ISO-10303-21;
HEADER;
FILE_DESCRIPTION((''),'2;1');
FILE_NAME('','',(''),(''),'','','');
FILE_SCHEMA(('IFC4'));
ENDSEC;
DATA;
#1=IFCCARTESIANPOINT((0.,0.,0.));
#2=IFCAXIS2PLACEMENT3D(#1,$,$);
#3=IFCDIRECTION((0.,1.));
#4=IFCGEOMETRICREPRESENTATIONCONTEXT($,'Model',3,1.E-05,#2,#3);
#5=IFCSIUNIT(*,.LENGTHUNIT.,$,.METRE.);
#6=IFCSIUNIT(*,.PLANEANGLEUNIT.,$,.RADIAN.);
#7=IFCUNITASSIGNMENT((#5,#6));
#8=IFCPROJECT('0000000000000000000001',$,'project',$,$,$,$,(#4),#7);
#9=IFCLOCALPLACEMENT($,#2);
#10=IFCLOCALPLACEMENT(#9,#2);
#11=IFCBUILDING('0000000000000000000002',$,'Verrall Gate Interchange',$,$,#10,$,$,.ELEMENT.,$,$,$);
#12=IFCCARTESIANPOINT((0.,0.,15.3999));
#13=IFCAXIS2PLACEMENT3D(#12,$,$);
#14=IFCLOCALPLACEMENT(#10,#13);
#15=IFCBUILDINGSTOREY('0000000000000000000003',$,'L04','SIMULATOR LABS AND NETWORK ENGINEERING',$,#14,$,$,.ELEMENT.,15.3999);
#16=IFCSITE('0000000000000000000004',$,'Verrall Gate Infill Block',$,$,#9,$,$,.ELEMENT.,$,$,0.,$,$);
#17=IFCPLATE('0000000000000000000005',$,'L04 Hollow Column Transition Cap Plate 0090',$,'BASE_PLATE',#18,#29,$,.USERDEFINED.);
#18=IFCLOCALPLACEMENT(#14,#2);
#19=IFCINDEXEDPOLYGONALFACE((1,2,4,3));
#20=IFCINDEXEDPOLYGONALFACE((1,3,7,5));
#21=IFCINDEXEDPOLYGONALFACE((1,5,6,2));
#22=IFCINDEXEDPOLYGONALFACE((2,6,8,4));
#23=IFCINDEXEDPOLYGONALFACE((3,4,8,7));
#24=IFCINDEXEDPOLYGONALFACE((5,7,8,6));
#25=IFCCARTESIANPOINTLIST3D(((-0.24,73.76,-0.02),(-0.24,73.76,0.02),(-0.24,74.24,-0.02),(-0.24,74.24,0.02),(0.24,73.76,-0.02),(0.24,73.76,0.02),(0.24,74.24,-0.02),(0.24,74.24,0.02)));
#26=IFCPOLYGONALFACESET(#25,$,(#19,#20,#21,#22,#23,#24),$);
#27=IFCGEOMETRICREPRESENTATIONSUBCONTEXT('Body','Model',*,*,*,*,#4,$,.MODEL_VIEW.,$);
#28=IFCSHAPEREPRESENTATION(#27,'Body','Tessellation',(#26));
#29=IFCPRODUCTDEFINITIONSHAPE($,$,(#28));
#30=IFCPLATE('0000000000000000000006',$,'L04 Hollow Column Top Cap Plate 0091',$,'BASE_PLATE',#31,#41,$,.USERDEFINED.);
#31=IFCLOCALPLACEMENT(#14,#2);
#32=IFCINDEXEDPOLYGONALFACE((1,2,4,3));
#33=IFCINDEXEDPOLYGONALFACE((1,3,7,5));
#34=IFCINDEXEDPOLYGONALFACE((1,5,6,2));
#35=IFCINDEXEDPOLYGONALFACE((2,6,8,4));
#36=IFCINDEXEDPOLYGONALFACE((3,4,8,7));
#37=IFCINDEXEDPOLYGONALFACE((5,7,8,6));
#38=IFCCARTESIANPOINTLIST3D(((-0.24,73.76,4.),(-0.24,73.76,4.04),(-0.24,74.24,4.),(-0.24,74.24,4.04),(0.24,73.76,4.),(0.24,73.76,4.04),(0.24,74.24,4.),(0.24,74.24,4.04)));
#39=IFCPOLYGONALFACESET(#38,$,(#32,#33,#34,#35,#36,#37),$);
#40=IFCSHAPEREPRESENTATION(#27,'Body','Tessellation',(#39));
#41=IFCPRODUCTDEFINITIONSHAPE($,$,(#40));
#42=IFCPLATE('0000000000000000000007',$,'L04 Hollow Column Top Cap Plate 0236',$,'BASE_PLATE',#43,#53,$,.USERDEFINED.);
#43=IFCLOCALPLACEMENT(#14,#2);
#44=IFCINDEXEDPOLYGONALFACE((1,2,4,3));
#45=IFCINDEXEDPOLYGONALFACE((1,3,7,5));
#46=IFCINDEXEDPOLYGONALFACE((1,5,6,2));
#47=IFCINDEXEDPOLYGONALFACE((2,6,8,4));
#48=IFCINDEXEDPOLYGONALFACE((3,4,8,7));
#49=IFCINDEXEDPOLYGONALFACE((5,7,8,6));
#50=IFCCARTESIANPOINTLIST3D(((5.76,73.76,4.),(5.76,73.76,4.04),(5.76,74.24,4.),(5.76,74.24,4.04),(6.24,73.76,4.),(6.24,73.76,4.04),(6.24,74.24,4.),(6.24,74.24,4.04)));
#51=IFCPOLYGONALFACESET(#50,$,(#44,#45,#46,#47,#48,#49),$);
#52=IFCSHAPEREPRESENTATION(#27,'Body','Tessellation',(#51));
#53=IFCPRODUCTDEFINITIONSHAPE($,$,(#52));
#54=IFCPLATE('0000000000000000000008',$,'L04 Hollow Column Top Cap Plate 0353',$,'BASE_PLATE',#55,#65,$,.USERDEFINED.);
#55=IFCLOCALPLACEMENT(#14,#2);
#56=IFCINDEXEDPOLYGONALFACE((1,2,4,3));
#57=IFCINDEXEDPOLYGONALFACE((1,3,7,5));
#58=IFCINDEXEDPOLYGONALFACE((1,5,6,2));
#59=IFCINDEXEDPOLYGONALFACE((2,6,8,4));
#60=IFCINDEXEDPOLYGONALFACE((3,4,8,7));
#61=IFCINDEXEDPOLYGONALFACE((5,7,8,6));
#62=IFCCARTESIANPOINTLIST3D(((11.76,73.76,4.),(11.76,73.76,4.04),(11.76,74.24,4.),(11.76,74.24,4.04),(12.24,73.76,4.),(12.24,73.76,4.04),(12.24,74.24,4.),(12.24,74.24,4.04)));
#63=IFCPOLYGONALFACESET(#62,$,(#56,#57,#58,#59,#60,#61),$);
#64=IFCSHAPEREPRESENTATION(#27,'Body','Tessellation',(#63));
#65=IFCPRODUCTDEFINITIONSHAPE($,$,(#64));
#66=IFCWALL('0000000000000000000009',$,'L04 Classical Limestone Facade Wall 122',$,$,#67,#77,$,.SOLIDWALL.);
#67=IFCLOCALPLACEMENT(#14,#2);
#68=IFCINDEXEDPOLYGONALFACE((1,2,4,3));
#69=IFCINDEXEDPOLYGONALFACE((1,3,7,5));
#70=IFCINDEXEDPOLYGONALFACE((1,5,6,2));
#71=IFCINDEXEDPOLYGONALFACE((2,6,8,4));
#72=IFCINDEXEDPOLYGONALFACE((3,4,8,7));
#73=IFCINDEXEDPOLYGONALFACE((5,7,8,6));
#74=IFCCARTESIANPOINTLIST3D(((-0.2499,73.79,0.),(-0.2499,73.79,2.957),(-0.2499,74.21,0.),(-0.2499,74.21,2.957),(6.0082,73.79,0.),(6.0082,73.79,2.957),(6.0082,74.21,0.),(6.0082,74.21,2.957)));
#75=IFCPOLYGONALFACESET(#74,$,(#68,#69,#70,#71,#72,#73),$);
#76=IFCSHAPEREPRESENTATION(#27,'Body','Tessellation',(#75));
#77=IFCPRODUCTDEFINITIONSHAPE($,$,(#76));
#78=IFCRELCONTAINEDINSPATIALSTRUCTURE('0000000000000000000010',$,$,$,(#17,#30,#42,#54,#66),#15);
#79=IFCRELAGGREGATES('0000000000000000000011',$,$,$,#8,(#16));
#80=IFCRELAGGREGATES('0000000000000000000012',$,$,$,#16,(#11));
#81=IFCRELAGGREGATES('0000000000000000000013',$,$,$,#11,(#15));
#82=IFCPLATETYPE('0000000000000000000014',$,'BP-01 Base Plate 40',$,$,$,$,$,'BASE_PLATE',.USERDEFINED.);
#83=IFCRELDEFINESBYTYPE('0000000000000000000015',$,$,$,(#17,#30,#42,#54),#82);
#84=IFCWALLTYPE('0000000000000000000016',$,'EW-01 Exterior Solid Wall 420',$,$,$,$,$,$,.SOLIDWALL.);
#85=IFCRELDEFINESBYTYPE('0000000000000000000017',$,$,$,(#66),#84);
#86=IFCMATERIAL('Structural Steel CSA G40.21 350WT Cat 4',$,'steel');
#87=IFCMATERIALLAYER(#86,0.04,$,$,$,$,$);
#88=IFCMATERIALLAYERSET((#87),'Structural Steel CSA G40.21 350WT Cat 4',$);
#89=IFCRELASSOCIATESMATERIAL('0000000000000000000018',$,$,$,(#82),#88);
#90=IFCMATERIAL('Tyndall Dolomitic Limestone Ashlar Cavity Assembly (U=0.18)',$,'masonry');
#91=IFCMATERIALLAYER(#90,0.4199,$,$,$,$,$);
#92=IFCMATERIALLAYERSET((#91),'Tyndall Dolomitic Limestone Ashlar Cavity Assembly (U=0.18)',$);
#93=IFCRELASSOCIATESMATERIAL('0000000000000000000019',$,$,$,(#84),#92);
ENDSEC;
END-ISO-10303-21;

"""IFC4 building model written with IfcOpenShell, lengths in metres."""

from ifc_helpers import new_model, si_unit, direction, frame, frame_2d, origin, origin_2d, place, context, subcontext, project, spatial, rectangle, extrude, material, layer, layer_set, type_object, element, save


model = new_model("IFC4")

# Units and contexts
model_context = context("Model", 3, precision=1e-05, world=origin(), true_north=direction((0.0, 1.0)))
body_context = subcontext(model_context, "Body", "Model", "MODEL_VIEW")
ifc_project = project(units=[si_unit("LENGTHUNIT", "METRE"), si_unit("PLANEANGLEUNIT", "RADIAN")], contexts=[model_context])

# Site, building, storey
site_placement = place(None, origin())
site = spatial("IfcSite", under=ifc_project, at=site_placement, Name="Verrall Gate Infill Block", CompositionType="ELEMENT", RefElevation=0.0)
building_placement = place(site_placement, origin())
building = spatial("IfcBuilding", under=site, at=building_placement, Name="Verrall Gate Interchange", CompositionType="ELEMENT")
storey_placement = place(building_placement, frame((0.0, 0.0, 15.3999)))
storey = spatial("IfcBuildingStorey", under=building, at=storey_placement, Name="L04", Description="SIMULATOR LABS AND NETWORK ENGINEERING", CompositionType="ELEMENT", Elevation=15.3999)

# Plates
ifc_material_1 = material(Name="Structural Steel CSA G40.21 350WT Cat 4", Category="steel")
ifc_layer_1 = layer(ifc_material_1, 0.04)
ifc_layer_set_1 = layer_set([ifc_layer_1], Name="Structural Steel CSA G40.21 350WT Cat 4")
plate_type = type_object("IfcPlateType", Name="BP-01 Base Plate 40", ElementType="BASE_PLATE", PredefinedType="USERDEFINED", material=ifc_layer_set_1)
for number, where, z_axis, x_axis, name in (
    (1, (0.0, 74.0, -0.02), (0.0, 0.0, 1.0), (1.0, 0.0, 0.0), "L04 Hollow Column Transition Cap Plate 0090"),
    (2, (0.0, 74.0, 4.0), (0.0, 0.0, 1.0), (1.0, 0.0, 0.0), "L04 Hollow Column Top Cap Plate 0091"),
    (3, (6.0, 74.0, 4.0), (0.0, 0.0, 1.0), (1.0, 0.0, 0.0), "L04 Hollow Column Top Cap Plate 0236"),
    (4, (12.0, 74.0, 4.0), (0.0, 0.0, 1.0), (1.0, 0.0, 0.0), "L04 Hollow Column Top Cap Plate 0353"),
):
    element("IfcPlate", number, at=place(storey_placement, frame(where, z_axis=z_axis, x_axis=x_axis)), inside=storey, type_object=plate_type, Name=name, ObjectType="BASE_PLATE", PredefinedType="USERDEFINED", context=body_context, shape_type="SweptSolid", body=[
        extrude(rectangle(XDim=0.48, YDim=0.48, at=origin_2d()), origin(), (0.0, 0.0, 1.0), 0.04),
    ])

# Wall
ifc_material_2 = material(Name="Tyndall Dolomitic Limestone Ashlar Cavity Assembly (U=0.18)", Category="masonry")
ifc_layer_2 = layer(ifc_material_2, 0.4199)
ifc_layer_set_2 = layer_set([ifc_layer_2], Name="Tyndall Dolomitic Limestone Ashlar Cavity Assembly (U=0.18)")
wall_type = type_object("IfcWallType", Name="EW-01 Exterior Solid Wall 420", PredefinedType="SOLIDWALL", material=ifc_layer_set_2)
wall_placement = place(storey_placement, frame((6.0081, 74.0, 0.0), z_axis=(0.0, 0.0, 1.0), x_axis=(-1.0, 0.0, 0.0)))
element("IfcWall", 5, at=wall_placement, inside=storey, type_object=wall_type, Name="L04 Classical Limestone Facade Wall 122", PredefinedType="SOLIDWALL", context=body_context, shape_type="SweptSolid", body=[
    extrude(rectangle(XDim=6.2581, YDim=0.4199, at=frame_2d((3.1289, 0.0))), origin(), (0.0, 0.0, 1.0), 2.957),
])

save(model, "model.ifc")
